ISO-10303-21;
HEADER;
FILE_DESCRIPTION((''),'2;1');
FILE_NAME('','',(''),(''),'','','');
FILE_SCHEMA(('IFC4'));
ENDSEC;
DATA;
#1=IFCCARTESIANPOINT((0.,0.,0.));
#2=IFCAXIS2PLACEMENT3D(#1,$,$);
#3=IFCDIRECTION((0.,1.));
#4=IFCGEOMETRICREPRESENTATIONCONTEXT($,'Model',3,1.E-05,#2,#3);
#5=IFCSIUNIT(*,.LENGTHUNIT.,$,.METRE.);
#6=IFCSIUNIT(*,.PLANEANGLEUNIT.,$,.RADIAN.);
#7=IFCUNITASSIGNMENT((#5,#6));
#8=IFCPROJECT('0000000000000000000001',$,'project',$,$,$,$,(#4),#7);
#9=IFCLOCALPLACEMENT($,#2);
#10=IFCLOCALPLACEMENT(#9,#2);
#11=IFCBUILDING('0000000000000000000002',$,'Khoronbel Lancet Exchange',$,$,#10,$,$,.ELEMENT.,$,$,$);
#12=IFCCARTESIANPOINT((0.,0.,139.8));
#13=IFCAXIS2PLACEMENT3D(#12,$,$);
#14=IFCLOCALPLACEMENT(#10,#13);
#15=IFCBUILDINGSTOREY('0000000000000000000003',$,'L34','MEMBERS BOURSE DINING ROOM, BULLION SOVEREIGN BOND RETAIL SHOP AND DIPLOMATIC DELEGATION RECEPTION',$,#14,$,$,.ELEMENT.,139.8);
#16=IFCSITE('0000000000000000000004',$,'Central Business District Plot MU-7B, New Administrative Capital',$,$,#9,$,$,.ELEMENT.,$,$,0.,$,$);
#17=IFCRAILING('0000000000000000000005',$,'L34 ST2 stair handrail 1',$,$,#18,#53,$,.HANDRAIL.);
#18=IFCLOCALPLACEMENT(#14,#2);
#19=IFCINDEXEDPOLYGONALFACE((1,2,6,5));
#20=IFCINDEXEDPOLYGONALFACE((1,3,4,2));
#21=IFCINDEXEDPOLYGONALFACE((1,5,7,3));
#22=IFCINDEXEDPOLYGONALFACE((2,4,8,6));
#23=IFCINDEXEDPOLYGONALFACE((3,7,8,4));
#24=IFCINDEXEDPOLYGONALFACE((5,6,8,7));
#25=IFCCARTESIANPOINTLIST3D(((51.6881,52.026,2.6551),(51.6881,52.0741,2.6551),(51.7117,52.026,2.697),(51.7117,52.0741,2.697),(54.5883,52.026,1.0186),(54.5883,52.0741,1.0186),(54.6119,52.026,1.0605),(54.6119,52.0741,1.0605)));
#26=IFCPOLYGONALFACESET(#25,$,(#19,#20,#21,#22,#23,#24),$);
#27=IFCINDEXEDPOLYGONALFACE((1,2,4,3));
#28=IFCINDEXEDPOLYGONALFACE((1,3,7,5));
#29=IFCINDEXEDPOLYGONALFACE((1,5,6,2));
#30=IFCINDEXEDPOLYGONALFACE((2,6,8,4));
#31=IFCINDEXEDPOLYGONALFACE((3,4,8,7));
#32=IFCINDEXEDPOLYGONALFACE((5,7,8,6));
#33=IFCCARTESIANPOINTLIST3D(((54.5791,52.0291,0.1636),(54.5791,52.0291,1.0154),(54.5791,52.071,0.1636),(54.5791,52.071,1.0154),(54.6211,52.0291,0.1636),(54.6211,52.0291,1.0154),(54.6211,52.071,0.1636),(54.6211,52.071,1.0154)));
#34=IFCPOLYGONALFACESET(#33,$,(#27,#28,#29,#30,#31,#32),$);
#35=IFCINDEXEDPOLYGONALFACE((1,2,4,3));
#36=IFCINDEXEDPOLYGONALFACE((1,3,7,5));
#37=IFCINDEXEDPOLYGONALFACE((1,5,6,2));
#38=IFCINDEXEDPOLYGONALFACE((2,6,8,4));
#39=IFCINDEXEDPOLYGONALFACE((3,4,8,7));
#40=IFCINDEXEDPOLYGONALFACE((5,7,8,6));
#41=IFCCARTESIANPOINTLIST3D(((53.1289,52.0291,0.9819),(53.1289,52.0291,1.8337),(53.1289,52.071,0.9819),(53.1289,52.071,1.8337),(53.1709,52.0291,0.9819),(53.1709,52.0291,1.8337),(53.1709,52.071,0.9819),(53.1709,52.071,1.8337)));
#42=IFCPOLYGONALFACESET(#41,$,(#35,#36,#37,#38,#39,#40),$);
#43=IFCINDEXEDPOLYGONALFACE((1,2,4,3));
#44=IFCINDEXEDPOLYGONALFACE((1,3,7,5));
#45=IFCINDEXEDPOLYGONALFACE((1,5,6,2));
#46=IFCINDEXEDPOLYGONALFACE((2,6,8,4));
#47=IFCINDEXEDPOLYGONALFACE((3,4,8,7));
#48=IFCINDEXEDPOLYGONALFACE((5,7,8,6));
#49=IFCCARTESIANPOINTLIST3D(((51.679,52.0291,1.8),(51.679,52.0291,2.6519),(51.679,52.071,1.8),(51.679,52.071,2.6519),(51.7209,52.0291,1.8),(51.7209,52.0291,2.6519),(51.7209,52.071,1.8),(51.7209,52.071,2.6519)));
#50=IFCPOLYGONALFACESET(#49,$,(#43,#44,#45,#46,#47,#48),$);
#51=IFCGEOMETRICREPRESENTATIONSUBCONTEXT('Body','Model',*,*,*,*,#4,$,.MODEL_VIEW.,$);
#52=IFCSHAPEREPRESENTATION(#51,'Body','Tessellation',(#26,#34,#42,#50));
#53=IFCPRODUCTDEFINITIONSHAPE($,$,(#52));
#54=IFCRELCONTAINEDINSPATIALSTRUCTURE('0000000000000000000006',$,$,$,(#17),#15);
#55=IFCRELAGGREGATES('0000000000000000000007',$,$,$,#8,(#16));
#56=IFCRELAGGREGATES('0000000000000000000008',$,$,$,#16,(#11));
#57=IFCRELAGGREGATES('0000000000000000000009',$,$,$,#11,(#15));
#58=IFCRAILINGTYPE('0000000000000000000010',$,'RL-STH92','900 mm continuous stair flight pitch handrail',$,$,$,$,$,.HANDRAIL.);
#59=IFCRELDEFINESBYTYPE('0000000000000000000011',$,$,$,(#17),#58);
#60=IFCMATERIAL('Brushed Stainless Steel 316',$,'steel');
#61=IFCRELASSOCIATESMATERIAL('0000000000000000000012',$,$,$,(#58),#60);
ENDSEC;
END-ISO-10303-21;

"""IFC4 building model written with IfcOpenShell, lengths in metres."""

from ifc_helpers import new_model, si_unit, direction, frame, origin, origin_2d, place, context, subcontext, project, spatial, rectangle, extrude, material, type_object, element, save


model = new_model("IFC4")

# Units and contexts
model_context = context("Model", 3, precision=1e-05, world=origin(), true_north=direction((0.0, 1.0)))
body_context = subcontext(model_context, "Body", "Model", "MODEL_VIEW")
ifc_project = project(units=[si_unit("LENGTHUNIT", "METRE"), si_unit("PLANEANGLEUNIT", "RADIAN")], contexts=[model_context])

# Site, building, storey
site_placement = place(None, origin())
site = spatial("IfcSite", under=ifc_project, at=site_placement, Name="Central Business District Plot MU-7B, New Administrative Capital", CompositionType="ELEMENT", RefElevation=0.0)
building_placement = place(site_placement, origin())
building = spatial("IfcBuilding", under=site, at=building_placement, Name="Khoronbel Lancet Exchange", CompositionType="ELEMENT")
storey_placement = place(building_placement, frame((0.0, 0.0, 139.8)))
storey = spatial("IfcBuildingStorey", under=building, at=storey_placement, Name="L34", Description="MEMBERS BOURSE DINING ROOM, BULLION SOVEREIGN BOND RETAIL SHOP AND DIPLOMATIC DELEGATION RECEPTION", CompositionType="ELEMENT", Elevation=139.8)

# Railing
ifc_material_1 = material(Name="Brushed Stainless Steel 316", Category="steel")
railing_type_1 = type_object("IfcRailingType", Name="RL-STH92", Description="900 mm continuous stair flight pitch handrail", PredefinedType="HANDRAIL", material=ifc_material_1)
railing_1_placement = place(storey_placement, frame((54.6001, 52.05, 0.1636)))
element("IfcRailing", 1, at=railing_1_placement, inside=storey, type_object=railing_type_1, Name="L34 ST2 stair handrail 1", PredefinedType="HANDRAIL", context=body_context, shape_type="SweptSolid", body=[
    extrude(rectangle(XDim=0.0481, YDim=0.0481, at=origin_2d()), frame((0.0, 0.0, 0.876), z_axis=(-0.870915, 0.0, 0.491434), x_axis=(0.0, -1.0, 0.0)), (0.0, 0.0, 1.0), 3.3301),
    extrude(rectangle(XDim=0.042, YDim=0.042, at=origin_2d()), origin(), (0.0, 0.0, 1.0), 0.8518),
    extrude(rectangle(XDim=0.042, YDim=0.042, at=origin_2d()), frame((-1.4502, 0.0, 0.8184)), (0.0, 0.0, 1.0), 0.8518),
    extrude(rectangle(XDim=0.042, YDim=0.042, at=origin_2d()), frame((-2.9001, 0.0, 1.6365)), (0.0, 0.0, 1.0), 0.8518),
])

save(model, "model.ifc")
